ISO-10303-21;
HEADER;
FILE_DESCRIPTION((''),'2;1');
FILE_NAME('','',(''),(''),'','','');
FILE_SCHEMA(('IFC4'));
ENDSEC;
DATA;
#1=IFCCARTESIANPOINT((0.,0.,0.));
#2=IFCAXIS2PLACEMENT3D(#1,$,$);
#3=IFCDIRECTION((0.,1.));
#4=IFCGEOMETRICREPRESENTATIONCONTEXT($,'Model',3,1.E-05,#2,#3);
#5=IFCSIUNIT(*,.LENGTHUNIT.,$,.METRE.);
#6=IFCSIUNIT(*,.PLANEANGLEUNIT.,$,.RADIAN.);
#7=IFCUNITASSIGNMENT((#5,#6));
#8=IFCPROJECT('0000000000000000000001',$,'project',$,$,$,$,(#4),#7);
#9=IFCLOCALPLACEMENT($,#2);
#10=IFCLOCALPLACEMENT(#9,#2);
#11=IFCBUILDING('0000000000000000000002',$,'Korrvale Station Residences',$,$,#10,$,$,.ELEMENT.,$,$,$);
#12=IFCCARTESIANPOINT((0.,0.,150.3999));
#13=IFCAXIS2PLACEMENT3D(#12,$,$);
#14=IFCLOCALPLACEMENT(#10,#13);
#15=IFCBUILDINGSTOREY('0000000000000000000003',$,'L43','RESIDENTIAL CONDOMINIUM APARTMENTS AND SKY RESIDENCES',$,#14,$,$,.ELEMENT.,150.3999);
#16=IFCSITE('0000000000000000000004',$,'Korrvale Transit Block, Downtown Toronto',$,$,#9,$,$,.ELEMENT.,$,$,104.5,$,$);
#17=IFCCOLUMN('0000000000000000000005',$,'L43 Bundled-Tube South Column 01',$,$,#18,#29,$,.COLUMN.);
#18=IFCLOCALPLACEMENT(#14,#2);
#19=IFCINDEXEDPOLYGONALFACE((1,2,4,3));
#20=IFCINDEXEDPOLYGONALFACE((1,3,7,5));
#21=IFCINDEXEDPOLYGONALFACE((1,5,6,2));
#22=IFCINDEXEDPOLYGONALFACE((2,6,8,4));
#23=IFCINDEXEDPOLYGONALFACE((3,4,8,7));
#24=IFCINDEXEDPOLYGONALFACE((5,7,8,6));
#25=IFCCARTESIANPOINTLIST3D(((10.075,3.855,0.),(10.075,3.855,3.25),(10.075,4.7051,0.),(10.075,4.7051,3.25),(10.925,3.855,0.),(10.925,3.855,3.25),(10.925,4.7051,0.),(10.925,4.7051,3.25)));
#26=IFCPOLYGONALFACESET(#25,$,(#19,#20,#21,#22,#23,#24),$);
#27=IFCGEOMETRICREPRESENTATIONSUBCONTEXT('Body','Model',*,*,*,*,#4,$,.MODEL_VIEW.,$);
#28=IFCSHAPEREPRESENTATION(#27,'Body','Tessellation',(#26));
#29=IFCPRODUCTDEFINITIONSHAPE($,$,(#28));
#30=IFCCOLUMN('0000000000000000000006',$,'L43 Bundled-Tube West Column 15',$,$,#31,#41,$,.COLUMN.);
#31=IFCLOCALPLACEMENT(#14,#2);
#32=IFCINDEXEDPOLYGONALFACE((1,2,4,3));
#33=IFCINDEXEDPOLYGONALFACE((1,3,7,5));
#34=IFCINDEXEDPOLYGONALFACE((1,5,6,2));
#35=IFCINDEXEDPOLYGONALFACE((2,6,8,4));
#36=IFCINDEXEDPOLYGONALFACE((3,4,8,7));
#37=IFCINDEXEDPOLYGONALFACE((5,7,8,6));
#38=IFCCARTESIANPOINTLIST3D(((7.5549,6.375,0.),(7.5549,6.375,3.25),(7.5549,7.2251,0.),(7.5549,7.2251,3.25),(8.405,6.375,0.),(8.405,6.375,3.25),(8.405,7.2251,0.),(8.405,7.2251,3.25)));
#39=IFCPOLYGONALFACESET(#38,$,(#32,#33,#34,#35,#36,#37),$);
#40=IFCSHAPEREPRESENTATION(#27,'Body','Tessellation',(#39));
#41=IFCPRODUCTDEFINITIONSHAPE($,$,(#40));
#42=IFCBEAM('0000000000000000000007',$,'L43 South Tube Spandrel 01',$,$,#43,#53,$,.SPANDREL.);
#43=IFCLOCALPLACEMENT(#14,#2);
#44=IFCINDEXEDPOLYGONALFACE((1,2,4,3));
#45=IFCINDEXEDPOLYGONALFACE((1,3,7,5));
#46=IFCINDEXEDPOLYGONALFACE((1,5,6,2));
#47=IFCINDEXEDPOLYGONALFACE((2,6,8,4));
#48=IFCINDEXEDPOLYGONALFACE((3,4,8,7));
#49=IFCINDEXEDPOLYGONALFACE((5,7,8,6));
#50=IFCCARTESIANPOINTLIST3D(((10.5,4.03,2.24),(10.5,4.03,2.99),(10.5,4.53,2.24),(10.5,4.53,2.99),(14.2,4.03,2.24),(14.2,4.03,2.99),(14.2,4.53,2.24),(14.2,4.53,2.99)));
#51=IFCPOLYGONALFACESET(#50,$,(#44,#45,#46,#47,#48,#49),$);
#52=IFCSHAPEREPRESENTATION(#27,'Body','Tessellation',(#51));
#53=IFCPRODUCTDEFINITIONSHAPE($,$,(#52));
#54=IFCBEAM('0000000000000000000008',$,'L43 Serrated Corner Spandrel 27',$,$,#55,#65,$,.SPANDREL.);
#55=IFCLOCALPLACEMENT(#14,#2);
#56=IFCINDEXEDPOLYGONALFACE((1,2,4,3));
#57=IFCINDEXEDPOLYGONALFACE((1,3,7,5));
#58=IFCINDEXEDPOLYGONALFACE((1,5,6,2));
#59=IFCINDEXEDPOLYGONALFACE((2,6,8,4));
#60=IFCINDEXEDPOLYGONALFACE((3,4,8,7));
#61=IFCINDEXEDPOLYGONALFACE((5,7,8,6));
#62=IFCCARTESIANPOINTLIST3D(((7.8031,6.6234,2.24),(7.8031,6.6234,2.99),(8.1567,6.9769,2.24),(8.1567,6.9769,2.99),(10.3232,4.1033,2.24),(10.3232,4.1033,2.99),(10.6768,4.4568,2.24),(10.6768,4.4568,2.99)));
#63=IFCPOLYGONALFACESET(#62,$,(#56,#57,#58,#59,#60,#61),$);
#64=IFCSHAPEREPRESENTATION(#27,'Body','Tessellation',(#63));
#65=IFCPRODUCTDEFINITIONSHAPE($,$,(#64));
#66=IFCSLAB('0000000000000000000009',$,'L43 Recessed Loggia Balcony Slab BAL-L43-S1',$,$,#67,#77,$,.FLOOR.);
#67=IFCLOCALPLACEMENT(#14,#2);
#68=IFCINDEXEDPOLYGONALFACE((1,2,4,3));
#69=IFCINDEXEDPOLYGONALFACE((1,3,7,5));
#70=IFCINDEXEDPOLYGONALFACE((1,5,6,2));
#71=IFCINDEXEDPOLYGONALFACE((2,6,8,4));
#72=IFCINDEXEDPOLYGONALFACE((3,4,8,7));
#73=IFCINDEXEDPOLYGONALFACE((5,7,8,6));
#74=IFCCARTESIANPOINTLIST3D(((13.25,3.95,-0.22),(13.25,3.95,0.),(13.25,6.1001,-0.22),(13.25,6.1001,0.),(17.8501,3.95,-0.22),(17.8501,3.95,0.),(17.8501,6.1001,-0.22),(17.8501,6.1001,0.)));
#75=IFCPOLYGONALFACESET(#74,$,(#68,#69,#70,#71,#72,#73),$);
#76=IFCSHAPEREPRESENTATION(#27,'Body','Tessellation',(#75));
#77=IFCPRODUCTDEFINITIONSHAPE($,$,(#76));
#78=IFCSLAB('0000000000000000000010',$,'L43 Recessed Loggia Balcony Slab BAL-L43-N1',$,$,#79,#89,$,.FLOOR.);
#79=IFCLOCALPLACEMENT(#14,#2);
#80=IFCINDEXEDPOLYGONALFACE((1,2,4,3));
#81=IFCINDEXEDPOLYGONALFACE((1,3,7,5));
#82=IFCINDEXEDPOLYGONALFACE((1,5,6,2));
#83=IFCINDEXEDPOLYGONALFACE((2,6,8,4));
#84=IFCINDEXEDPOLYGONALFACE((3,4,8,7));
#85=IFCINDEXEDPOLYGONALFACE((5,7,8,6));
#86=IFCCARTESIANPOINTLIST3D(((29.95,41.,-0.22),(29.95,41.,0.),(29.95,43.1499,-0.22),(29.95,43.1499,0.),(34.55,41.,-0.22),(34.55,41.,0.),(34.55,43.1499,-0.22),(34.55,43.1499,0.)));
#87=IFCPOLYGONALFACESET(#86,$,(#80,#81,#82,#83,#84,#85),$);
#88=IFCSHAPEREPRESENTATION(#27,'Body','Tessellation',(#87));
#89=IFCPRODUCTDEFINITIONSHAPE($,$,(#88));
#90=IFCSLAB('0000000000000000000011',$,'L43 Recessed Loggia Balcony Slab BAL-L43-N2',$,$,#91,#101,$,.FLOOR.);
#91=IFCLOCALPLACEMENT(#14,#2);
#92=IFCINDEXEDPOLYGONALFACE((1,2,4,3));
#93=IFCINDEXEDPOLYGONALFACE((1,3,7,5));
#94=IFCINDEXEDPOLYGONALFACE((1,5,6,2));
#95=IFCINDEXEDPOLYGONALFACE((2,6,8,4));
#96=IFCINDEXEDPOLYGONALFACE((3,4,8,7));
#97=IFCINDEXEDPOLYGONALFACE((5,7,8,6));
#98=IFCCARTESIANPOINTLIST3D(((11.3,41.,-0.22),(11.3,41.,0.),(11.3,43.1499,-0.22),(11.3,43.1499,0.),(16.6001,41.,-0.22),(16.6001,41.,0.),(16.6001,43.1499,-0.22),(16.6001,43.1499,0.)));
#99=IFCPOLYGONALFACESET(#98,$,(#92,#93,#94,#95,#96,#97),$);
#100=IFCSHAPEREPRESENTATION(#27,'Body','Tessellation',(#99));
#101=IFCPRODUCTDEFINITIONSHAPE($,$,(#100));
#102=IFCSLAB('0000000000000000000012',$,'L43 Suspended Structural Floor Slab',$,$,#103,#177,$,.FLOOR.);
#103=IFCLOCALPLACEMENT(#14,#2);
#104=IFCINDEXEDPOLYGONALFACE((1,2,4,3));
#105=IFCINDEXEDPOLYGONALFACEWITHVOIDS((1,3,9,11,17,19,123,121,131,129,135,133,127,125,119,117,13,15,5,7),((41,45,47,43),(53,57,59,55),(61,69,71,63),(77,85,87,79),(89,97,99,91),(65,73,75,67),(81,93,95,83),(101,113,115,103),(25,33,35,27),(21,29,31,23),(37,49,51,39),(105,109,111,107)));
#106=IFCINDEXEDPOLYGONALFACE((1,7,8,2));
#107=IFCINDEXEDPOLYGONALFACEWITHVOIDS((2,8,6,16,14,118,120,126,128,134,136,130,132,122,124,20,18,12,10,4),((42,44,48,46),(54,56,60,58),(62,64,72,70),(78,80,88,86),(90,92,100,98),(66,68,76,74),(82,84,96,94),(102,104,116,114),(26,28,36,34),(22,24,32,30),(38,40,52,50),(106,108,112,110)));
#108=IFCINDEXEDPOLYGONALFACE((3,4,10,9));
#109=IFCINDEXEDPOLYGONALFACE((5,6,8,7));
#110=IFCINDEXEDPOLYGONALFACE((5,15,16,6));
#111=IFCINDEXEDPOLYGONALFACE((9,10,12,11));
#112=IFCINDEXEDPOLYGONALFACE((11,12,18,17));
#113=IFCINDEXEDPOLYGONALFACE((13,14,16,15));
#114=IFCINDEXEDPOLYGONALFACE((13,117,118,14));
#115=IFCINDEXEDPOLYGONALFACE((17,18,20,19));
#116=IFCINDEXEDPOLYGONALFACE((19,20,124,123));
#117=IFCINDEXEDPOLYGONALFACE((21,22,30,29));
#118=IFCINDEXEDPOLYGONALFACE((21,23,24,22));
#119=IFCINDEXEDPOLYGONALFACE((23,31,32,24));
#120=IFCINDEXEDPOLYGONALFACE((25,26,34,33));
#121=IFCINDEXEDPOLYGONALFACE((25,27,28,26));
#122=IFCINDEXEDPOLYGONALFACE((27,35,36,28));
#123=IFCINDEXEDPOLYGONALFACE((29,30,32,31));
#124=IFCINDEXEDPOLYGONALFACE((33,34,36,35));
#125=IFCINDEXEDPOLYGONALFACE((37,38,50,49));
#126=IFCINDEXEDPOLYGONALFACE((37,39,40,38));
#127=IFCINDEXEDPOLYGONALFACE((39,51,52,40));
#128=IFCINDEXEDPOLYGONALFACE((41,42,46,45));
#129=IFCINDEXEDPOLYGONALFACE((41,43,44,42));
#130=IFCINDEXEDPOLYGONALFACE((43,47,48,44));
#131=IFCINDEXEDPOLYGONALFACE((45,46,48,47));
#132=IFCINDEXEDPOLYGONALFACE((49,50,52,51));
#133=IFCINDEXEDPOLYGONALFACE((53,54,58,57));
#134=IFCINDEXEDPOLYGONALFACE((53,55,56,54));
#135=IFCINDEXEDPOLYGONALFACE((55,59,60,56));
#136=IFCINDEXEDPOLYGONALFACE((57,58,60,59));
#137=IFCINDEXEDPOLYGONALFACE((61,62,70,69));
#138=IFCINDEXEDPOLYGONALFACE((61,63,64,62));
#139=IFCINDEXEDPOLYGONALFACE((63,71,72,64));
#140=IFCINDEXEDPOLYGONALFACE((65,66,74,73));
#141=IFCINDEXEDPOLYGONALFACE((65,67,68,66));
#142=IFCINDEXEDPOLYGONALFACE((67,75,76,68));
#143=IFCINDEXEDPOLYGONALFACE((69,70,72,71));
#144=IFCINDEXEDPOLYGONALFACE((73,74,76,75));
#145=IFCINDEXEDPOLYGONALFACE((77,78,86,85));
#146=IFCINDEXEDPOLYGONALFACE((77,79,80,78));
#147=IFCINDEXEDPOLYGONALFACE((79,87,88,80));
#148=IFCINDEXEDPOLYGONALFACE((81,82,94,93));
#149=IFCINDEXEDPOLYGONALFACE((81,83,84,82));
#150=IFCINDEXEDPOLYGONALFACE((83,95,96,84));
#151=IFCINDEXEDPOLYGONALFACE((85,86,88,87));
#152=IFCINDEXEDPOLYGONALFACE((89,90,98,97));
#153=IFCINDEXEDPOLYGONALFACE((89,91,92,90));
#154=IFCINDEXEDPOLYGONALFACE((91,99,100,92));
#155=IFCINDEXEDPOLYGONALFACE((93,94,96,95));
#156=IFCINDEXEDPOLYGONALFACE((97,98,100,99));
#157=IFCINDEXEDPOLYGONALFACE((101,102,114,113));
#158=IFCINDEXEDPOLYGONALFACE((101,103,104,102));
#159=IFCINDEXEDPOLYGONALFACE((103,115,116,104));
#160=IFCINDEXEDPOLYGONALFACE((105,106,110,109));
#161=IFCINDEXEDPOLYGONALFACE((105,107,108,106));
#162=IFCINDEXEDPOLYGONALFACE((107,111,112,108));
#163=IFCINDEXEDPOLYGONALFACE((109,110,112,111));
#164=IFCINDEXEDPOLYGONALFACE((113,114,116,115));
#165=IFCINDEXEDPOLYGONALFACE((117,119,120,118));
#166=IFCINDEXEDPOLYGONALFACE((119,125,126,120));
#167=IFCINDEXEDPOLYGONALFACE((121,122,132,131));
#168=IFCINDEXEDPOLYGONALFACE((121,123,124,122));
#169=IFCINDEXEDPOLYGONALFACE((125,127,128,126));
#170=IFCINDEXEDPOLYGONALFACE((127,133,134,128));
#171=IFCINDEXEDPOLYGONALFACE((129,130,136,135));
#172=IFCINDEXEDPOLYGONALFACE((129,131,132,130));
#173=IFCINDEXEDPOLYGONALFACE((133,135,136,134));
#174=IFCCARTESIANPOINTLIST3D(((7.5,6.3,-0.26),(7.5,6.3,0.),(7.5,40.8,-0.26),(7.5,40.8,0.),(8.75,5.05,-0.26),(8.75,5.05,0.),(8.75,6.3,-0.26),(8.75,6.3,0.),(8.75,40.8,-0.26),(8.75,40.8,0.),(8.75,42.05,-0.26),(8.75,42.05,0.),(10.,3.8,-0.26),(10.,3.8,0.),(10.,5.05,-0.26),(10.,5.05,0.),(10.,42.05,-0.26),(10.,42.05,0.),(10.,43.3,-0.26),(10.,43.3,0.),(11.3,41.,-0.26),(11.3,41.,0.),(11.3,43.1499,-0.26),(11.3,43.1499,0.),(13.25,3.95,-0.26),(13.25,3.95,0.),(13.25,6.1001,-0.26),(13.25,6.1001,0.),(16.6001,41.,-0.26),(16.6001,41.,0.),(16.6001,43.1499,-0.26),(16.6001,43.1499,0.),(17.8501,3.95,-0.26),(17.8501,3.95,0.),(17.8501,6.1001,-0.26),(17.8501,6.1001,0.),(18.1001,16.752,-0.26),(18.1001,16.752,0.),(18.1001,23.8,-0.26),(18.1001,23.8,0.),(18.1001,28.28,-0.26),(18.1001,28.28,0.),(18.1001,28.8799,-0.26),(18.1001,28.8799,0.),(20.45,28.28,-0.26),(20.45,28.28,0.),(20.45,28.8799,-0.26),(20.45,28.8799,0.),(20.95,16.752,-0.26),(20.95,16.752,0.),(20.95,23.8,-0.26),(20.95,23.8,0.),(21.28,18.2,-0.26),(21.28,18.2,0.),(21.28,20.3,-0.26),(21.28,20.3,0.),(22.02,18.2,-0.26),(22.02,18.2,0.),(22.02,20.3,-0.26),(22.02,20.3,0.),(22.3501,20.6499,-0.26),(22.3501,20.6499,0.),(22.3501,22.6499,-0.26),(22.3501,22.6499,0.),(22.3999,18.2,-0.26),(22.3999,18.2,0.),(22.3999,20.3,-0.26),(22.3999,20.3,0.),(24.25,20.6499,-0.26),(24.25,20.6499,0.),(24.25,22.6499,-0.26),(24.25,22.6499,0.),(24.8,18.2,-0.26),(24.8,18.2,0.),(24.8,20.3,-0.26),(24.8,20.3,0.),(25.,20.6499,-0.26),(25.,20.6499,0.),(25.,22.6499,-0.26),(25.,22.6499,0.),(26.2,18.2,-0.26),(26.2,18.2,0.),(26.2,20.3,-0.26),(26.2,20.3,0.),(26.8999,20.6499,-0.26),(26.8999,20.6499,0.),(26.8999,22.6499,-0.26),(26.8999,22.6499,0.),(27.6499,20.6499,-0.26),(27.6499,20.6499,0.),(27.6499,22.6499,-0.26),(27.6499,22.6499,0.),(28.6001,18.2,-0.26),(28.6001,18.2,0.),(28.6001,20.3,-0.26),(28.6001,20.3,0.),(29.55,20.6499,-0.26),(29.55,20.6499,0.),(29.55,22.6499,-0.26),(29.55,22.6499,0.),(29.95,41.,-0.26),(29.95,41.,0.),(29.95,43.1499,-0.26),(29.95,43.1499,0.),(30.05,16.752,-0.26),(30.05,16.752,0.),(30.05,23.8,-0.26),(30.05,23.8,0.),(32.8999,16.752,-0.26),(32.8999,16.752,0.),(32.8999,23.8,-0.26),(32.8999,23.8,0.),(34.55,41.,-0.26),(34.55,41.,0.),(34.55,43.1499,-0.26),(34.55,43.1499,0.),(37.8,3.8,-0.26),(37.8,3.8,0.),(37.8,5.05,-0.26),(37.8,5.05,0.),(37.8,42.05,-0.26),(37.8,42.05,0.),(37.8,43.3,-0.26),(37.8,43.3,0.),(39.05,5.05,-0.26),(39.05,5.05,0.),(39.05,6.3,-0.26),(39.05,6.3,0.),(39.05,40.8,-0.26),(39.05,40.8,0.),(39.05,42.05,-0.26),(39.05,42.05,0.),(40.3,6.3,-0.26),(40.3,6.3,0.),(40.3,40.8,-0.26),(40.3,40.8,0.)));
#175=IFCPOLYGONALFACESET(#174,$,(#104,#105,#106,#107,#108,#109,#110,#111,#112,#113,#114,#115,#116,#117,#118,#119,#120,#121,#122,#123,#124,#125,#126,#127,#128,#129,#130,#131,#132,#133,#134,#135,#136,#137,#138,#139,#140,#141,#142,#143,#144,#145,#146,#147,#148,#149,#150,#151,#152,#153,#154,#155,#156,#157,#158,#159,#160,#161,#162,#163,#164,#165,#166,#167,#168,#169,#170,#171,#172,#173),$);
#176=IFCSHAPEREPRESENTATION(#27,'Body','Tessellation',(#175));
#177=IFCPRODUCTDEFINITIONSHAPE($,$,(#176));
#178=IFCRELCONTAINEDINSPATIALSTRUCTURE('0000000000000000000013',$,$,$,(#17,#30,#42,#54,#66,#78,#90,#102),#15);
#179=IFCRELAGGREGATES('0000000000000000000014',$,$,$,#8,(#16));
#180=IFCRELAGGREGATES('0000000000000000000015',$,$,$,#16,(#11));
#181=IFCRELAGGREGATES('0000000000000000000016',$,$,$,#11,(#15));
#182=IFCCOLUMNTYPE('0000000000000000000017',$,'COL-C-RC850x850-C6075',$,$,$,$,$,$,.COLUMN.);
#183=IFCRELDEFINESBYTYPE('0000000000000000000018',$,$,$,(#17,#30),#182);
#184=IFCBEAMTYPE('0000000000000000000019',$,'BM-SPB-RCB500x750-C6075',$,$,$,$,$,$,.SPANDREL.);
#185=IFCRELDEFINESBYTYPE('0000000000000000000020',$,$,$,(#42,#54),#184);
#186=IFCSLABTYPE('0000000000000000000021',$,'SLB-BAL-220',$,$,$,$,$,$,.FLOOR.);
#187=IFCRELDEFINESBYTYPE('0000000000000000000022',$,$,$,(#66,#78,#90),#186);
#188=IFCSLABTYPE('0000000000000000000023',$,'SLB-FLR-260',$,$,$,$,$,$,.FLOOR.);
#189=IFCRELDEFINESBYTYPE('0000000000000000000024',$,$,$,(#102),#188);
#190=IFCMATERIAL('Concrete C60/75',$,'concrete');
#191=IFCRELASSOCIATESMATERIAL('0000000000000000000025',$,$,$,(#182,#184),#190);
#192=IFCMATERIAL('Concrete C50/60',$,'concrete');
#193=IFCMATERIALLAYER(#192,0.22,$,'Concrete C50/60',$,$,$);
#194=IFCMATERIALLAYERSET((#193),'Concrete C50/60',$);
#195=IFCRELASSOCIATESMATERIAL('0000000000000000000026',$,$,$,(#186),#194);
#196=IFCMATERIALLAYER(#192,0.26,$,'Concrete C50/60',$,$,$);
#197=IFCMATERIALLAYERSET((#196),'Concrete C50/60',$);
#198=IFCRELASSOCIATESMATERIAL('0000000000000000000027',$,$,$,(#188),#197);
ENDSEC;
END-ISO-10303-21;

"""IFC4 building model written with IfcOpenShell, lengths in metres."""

from ifc_helpers import new_model, si_unit, direction, frame, origin, origin_2d, place, context, subcontext, project, spatial, polyline, rectangle, outline, extrude, material, layer, layer_set, material_profile, profile_set, type_object, element, save


model = new_model("IFC4")

# Units and contexts
model_context = context("Model", 3, precision=1e-05, world=origin(), true_north=direction((0.0, 1.0)))
body_context = subcontext(model_context, "Body", "Model", "MODEL_VIEW")
ifc_project = project(units=[si_unit("LENGTHUNIT", "METRE"), si_unit("PLANEANGLEUNIT", "RADIAN")], contexts=[model_context])

# Site, building, storey
site_placement = place(None, origin())
site = spatial("IfcSite", under=ifc_project, at=site_placement, Name="Korrvale Transit Block, Downtown Toronto", CompositionType="ELEMENT", RefElevation=104.5)
building_placement = place(site_placement, origin())
building = spatial("IfcBuilding", under=site, at=building_placement, Name="Korrvale Station Residences", CompositionType="ELEMENT")
storey_placement = place(building_placement, frame((0.0, 0.0, 150.3999)))
storey = spatial("IfcBuildingStorey", under=building, at=storey_placement, Name="L43", Description="RESIDENTIAL CONDOMINIUM APARTMENTS AND SKY RESIDENCES", CompositionType="ELEMENT", Elevation=150.3999)

# Columns
ifc_material_1 = material(Name="Concrete C60/75", Category="concrete")
ifc_material_profile_1 = material_profile(ifc_material_1, rectangle(XDim=0.8501, YDim=0.8501, at=origin_2d()), Name="RC850x850")
ifc_profile_set_1 = profile_set([ifc_material_profile_1], Name="Concrete C60/75")
column_type = type_object("IfcColumnType", Name="COL-C-RC850x850-C6075", PredefinedType="COLUMN", material=ifc_profile_set_1)
for number, where, z_axis, x_axis, name in (
    (1, (10.5, 4.28, 0.0), (0.0, 0.0, 1.0), (1.0, 0.0, 0.0), "L43 Bundled-Tube South Column 01"),
    (2, (7.98, 6.8, 0.0), (0.0, 0.0, 1.0), (1.0, 0.0, 0.0), "L43 Bundled-Tube West Column 15"),
):
    element("IfcColumn", number, at=place(storey_placement, frame(where, z_axis=z_axis, x_axis=x_axis)), inside=storey, type_object=column_type, Name=name, PredefinedType="COLUMN", context=body_context, shape_type="SweptSolid", body=[
        extrude(rectangle(XDim=0.8501, YDim=0.8501, at=origin_2d()), origin(), (0.0, 0.0, 1.0), 3.25),
    ])

# Beams
ifc_material_profile_2 = material_profile(ifc_material_1, rectangle(XDim=0.5, YDim=0.75, at=origin_2d()), Name="RCB500x750")
ifc_profile_set_2 = profile_set([ifc_material_profile_2], Name="Concrete C60/75")
beam_type = type_object("IfcBeamType", Name="BM-SPB-RCB500x750-C6075", PredefinedType="SPANDREL", material=ifc_profile_set_2)
beam_1_placement = place(storey_placement, frame((10.5, 4.28, 2.615), z_axis=(1.0, 0.0, 0.0), x_axis=(0.0, 1.0, 0.0)))
element("IfcBeam", 3, at=beam_1_placement, inside=storey, type_object=beam_type, Name="L43 South Tube Spandrel 01", PredefinedType="SPANDREL", context=body_context, shape_type="SweptSolid", body=[
    extrude(rectangle(XDim=0.5, YDim=0.75, at=origin_2d()), origin(), (0.0, 0.0, 1.0), 3.7),
])
beam_2_placement = place(storey_placement, frame((10.5, 4.28, 2.615), z_axis=(-0.707107, 0.707107, 0.0), x_axis=(-0.707107, -0.707107, 0.0)))
element("IfcBeam", 4, at=beam_2_placement, inside=storey, type_object=beam_type, Name="L43 Serrated Corner Spandrel 27", PredefinedType="SPANDREL", context=body_context, shape_type="SweptSolid", body=[
    extrude(rectangle(XDim=0.5, YDim=0.75, at=origin_2d()), origin(), (0.0, 0.0, 1.0), 3.564),
])

# Slabs
ifc_material_2 = material(Name="Concrete C50/60", Category="concrete")
ifc_layer_1 = layer(ifc_material_2, 0.22, Name="Concrete C50/60")
ifc_layer_set_1 = layer_set([ifc_layer_1], Name="Concrete C50/60")
slab_type_1 = type_object("IfcSlabType", Name="SLB-BAL-220", PredefinedType="FLOOR", material=ifc_layer_set_1)
slab_1_placement = place(storey_placement, frame((0.0, 0.0, -0.22)))
element("IfcSlab", 5, at=slab_1_placement, inside=storey, type_object=slab_type_1, Name="L43 Recessed Loggia Balcony Slab BAL-L43-S1", PredefinedType="FLOOR", context=body_context, shape_type="SweptSolid", body=[
    extrude(outline(polyline([(13.25, 3.95), (17.8501, 3.95), (17.8501, 6.1001), (13.25, 6.1001), (13.25, 3.95)])), origin(), (0.0, 0.0, 1.0), 0.22),
])
slab_2_placement = place(storey_placement, frame((0.0, 0.0, -0.22)))
element("IfcSlab", 6, at=slab_2_placement, inside=storey, type_object=slab_type_1, Name="L43 Recessed Loggia Balcony Slab BAL-L43-N1", PredefinedType="FLOOR", context=body_context, shape_type="SweptSolid", body=[
    extrude(outline(polyline([(29.95, 41.0), (34.55, 41.0), (34.55, 43.1499), (29.95, 43.1499), (29.95, 41.0)])), origin(), (0.0, 0.0, 1.0), 0.22),
])
slab_3_placement = place(storey_placement, frame((0.0, 0.0, -0.22)))
element("IfcSlab", 7, at=slab_3_placement, inside=storey, type_object=slab_type_1, Name="L43 Recessed Loggia Balcony Slab BAL-L43-N2", PredefinedType="FLOOR", context=body_context, shape_type="SweptSolid", body=[
    extrude(outline(polyline([(11.3, 41.0), (16.6001, 41.0), (16.6001, 43.1499), (11.3, 43.1499), (11.3, 41.0)])), origin(), (0.0, 0.0, 1.0), 0.22),
])
ifc_layer_2 = layer(ifc_material_2, 0.26, Name="Concrete C50/60")
ifc_layer_set_2 = layer_set([ifc_layer_2], Name="Concrete C50/60")
slab_type_2 = type_object("IfcSlabType", Name="SLB-FLR-260", PredefinedType="FLOOR", material=ifc_layer_set_2)
slab_4_placement = place(storey_placement, frame((0.0, 0.0, -0.26)))
element("IfcSlab", 8, at=slab_4_placement, inside=storey, type_object=slab_type_2, Name="L43 Suspended Structural Floor Slab", PredefinedType="FLOOR", context=body_context, shape_type="SweptSolid", body=[
    extrude(outline(polyline([(10.0, 3.8), (37.8, 3.8), (37.8, 5.05), (39.05, 5.05), (39.05, 6.3), (40.3, 6.3), (40.3, 40.8), (39.05, 40.8), (39.05, 42.05), (37.8, 42.05), (37.8, 43.3), (10.0, 43.3), (10.0, 42.05), (8.75, 42.05), (8.75, 40.8), (7.5, 40.8), (7.5, 6.3), (8.75, 6.3), (8.75, 5.05), (10.0, 5.05), (10.0, 3.8)]), holes=[polyline([(20.95, 16.752), (20.95, 23.8), (18.1001, 23.8), (18.1001, 16.752), (20.95, 16.752)]), polyline([(32.8999, 16.752), (32.8999, 23.8), (30.05, 23.8), (30.05, 16.752), (32.8999, 16.752)]), polyline([(22.3501, 20.6499), (24.25, 20.6499), (24.25, 22.6499), (22.3501, 22.6499), (22.3501, 20.6499)]), polyline([(25.0, 20.6499), (26.8999, 20.6499), (26.8999, 22.6499), (25.0, 22.6499), (25.0, 20.6499)]), polyline([(27.6499, 20.6499), (29.55, 20.6499), (29.55, 22.6499), (27.6499, 22.6499), (27.6499, 20.6499)]), polyline([(22.3999, 18.2), (24.8, 18.2), (24.8, 20.3), (22.3999, 20.3), (22.3999, 18.2)]), polyline([(26.2, 18.2), (28.6001, 18.2), (28.6001, 20.3), (26.2, 20.3), (26.2, 18.2)]), polyline([(18.1001, 28.28), (20.45, 28.28), (20.45, 28.8799), (18.1001, 28.8799), (18.1001, 28.28)]), polyline([(21.28, 18.2), (22.02, 18.2), (22.02, 20.3), (21.28, 20.3), (21.28, 18.2)]), polyline([(13.25, 3.95), (17.8501, 3.95), (17.8501, 6.1001), (13.25, 6.1001), (13.25, 3.95)]), polyline([(29.95, 41.0), (34.55, 41.0), (34.55, 43.1499), (29.95, 43.1499), (29.95, 41.0)]), polyline([(11.3, 41.0), (16.6001, 41.0), (16.6001, 43.1499), (11.3, 43.1499), (11.3, 41.0)])]), origin(), (0.0, 0.0, 1.0), 0.26),
])

save(model, "model.ifc")
